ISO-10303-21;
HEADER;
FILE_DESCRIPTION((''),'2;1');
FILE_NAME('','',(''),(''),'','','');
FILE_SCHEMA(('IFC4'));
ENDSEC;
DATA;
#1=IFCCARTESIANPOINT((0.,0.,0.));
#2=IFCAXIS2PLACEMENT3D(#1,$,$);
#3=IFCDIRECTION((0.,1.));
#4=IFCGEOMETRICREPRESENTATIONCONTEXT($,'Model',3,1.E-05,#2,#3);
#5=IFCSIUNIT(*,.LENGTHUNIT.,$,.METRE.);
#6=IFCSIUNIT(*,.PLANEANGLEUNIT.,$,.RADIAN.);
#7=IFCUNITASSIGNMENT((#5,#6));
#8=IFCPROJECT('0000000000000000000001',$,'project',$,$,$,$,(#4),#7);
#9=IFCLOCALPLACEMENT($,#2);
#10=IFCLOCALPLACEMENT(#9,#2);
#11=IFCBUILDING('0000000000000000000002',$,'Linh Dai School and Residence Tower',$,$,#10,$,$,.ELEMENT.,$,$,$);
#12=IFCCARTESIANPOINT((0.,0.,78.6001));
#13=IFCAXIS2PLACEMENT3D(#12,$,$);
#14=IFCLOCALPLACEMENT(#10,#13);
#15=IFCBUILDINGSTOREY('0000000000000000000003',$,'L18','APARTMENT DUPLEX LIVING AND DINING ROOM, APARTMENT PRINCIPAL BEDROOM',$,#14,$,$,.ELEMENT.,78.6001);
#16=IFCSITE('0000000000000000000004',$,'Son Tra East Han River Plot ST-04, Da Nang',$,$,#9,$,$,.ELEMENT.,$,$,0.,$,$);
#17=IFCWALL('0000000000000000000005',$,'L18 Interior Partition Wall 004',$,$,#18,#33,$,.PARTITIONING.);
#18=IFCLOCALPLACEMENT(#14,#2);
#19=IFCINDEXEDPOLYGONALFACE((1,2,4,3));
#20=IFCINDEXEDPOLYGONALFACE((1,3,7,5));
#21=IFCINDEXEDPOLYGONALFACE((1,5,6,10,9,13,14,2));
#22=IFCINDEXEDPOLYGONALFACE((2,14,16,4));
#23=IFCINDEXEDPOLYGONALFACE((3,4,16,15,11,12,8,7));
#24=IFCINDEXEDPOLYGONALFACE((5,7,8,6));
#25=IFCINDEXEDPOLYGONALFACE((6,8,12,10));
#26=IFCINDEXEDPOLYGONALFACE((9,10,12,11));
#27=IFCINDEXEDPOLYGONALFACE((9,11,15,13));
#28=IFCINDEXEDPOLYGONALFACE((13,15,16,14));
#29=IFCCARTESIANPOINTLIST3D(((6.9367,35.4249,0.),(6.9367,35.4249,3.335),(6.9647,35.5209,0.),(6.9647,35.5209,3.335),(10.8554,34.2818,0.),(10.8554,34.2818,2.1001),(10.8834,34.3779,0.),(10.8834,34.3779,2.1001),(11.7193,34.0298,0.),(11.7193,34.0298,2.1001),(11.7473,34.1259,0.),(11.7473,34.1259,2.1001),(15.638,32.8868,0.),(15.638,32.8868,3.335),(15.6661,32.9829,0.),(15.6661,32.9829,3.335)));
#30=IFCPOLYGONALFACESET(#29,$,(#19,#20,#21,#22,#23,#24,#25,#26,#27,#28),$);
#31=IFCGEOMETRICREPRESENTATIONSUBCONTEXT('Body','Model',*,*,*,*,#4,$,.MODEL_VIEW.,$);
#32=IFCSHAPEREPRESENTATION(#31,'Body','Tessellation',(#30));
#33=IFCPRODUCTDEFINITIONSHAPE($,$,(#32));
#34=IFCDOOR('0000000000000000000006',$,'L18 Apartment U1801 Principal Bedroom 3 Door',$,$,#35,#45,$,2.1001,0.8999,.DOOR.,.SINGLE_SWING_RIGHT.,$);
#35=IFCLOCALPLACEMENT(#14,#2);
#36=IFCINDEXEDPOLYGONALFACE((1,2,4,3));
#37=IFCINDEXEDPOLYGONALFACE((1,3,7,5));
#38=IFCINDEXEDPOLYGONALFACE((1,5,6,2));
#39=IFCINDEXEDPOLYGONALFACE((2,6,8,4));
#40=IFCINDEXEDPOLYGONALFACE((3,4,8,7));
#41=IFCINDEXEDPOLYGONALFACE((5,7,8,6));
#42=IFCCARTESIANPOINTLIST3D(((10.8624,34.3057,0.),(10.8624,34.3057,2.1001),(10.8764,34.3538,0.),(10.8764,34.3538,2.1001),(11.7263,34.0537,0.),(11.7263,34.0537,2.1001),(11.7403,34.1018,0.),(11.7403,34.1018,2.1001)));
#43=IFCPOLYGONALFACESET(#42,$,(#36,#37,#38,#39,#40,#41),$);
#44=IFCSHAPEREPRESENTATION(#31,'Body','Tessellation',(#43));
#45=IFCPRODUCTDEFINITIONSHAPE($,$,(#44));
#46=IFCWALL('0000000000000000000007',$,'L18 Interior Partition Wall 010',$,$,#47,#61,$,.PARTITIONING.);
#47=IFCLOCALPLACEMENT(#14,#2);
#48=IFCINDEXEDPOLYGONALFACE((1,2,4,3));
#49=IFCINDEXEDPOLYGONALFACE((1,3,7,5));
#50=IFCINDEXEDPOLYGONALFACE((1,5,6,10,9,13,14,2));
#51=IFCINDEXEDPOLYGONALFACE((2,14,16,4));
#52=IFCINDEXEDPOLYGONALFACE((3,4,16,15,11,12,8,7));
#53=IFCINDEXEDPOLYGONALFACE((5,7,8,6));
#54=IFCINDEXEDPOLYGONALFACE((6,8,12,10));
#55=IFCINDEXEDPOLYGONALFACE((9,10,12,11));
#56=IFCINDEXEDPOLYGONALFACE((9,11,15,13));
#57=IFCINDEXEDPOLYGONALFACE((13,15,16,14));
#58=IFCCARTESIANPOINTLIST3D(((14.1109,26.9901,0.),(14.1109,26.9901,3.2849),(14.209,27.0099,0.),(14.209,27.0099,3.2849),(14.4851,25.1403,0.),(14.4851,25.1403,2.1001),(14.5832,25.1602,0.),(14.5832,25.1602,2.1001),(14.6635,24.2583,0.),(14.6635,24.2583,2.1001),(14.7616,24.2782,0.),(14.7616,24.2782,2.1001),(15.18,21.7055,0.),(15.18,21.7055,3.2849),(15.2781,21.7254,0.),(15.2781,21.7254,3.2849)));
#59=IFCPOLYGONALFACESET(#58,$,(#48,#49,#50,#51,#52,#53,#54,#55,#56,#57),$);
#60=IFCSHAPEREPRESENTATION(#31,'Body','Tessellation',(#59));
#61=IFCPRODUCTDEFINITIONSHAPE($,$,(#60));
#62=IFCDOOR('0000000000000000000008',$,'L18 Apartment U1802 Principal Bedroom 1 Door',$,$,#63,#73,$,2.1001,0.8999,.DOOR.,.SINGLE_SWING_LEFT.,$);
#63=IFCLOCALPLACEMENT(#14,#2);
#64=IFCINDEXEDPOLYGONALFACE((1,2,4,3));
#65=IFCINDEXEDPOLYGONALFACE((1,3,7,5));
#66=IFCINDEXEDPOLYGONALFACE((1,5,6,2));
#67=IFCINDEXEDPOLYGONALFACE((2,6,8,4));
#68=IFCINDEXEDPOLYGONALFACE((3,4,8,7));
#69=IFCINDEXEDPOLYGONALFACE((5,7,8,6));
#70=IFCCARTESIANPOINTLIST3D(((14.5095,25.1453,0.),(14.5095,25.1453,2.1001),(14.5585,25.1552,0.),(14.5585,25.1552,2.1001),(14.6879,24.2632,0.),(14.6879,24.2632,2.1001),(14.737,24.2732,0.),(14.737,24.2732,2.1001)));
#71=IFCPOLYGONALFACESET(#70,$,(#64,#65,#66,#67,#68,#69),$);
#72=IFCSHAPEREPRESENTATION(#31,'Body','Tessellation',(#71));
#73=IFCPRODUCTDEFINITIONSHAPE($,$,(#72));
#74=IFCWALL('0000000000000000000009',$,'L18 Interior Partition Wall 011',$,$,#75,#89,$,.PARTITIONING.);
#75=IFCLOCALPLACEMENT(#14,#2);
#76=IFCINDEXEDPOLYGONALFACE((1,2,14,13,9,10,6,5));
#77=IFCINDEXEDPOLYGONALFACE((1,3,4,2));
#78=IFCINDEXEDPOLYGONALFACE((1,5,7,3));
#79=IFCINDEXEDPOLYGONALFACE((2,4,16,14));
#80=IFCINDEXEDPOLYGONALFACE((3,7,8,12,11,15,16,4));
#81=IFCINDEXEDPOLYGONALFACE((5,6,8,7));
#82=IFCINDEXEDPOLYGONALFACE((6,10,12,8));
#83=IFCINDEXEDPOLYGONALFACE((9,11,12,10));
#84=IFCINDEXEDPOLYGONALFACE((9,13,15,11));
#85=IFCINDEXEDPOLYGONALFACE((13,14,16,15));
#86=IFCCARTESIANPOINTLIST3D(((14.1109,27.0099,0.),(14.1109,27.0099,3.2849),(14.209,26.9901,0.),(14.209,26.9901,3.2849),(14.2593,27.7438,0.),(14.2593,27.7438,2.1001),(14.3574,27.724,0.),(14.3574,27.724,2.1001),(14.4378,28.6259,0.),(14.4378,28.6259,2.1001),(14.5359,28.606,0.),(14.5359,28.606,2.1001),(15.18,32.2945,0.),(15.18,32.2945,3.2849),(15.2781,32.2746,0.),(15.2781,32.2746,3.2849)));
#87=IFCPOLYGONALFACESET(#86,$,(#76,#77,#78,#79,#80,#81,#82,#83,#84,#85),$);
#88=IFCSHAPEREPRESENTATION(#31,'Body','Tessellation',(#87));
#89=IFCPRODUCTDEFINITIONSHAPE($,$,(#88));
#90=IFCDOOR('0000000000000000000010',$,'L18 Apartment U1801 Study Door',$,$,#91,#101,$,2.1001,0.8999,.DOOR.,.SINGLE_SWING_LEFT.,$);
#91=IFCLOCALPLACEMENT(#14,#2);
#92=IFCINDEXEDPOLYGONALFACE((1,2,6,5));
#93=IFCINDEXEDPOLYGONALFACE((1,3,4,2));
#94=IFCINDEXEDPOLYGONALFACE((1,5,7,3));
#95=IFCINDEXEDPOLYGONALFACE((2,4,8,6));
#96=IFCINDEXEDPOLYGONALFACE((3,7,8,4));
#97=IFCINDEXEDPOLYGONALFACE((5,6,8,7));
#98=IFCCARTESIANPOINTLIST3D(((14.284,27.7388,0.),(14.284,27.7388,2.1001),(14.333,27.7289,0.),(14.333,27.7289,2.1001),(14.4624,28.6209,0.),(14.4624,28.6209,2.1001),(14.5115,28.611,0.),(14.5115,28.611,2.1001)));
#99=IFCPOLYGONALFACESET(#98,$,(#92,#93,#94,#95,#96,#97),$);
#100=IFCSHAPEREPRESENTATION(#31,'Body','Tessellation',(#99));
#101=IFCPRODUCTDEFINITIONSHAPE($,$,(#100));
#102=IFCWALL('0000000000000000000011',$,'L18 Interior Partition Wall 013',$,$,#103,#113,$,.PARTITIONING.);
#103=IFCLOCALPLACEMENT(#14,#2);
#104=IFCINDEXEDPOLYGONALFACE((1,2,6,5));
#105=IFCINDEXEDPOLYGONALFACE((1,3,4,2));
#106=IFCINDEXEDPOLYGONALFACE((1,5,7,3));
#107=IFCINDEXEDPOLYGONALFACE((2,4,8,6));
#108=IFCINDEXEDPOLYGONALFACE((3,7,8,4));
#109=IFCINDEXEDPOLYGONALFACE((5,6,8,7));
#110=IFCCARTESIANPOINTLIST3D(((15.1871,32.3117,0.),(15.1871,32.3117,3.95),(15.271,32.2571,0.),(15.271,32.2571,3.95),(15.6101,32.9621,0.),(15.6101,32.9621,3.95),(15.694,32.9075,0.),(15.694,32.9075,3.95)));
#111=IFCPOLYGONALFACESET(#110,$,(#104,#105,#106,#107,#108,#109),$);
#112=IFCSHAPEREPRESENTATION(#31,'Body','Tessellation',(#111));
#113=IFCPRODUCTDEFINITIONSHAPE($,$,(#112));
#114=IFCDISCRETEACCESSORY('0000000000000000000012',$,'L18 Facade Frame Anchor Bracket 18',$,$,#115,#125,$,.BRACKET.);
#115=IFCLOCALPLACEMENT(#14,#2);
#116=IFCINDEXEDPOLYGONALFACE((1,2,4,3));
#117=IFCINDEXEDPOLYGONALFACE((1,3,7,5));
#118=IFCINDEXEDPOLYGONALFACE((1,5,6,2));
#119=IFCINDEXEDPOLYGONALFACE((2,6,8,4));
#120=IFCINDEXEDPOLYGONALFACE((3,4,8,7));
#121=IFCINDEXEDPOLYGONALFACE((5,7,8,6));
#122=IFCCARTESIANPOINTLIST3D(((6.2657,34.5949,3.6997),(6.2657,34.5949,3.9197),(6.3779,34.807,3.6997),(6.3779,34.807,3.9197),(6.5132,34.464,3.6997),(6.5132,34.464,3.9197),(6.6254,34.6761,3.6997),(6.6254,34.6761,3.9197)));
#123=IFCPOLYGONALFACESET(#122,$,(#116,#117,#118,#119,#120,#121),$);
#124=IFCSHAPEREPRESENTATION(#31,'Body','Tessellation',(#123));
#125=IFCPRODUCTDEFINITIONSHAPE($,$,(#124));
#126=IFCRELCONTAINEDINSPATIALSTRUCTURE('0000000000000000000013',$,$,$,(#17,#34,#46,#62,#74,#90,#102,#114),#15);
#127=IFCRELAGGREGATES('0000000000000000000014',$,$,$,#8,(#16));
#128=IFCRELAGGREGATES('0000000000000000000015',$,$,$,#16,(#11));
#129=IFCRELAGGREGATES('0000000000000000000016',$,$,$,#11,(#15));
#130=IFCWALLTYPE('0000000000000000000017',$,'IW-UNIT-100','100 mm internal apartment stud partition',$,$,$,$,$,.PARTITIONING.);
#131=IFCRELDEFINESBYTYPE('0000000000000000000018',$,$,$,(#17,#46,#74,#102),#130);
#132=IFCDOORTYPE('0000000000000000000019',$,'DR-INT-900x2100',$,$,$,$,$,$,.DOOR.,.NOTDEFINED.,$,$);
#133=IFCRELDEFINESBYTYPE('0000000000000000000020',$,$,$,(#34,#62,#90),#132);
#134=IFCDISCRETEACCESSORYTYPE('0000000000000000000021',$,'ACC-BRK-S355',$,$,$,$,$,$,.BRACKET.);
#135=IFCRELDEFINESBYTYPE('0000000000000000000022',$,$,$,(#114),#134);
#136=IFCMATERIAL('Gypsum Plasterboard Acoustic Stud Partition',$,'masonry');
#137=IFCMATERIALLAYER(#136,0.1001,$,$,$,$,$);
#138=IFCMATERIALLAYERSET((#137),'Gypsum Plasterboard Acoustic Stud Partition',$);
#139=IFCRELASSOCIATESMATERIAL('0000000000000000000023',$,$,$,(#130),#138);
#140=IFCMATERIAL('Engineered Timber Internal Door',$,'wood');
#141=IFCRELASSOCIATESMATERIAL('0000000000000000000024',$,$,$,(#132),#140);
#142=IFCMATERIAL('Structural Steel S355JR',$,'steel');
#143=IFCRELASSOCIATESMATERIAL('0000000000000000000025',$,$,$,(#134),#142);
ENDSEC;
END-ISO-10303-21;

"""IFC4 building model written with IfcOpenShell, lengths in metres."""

from ifc_helpers import new_model, si_unit, direction, frame, frame_2d, origin, origin_2d, place, context, subcontext, project, spatial, rectangle, extrude, source, transform, mapped, material, layer, layer_set, type_object, element, fill, save


model = new_model("IFC4")

# Units and contexts
model_context = context("Model", 3, precision=1e-05, world=origin(), true_north=direction((0.0, 1.0)))
body_context = subcontext(model_context, "Body", "Model", "MODEL_VIEW")
ifc_project = project(units=[si_unit("LENGTHUNIT", "METRE"), si_unit("PLANEANGLEUNIT", "RADIAN")], contexts=[model_context])

# Site, building, storey
site_placement = place(None, origin())
site = spatial("IfcSite", under=ifc_project, at=site_placement, Name="Son Tra East Han River Plot ST-04, Da Nang", CompositionType="ELEMENT", RefElevation=0.0)
building_placement = place(site_placement, origin())
building = spatial("IfcBuilding", under=site, at=building_placement, Name="Linh Dai School and Residence Tower", CompositionType="ELEMENT")
storey_placement = place(building_placement, frame((0.0, 0.0, 78.6001)))
storey = spatial("IfcBuildingStorey", under=building, at=storey_placement, Name="L18", Description="APARTMENT DUPLEX LIVING AND DINING ROOM, APARTMENT PRINCIPAL BEDROOM", CompositionType="ELEMENT", Elevation=78.6001)

# Shared definitions
ifc_material_1 = material(Name="Structural Steel S355JR", Category="steel")

# Shared definitions
ifc_material_2 = material(Name="Gypsum Plasterboard Acoustic Stud Partition", Category="masonry")
ifc_layer_1 = layer(ifc_material_2, 0.1001)
ifc_layer_set_1 = layer_set([ifc_layer_1], Name="Gypsum Plasterboard Acoustic Stud Partition")
wall_type_1 = type_object("IfcWallType", Name="IW-UNIT-100", Description="100 mm internal apartment stud partition", PredefinedType="PARTITIONING", material=ifc_layer_set_1)

# Walls, openings, doors
wall_1_placement = place(storey_placement, frame((6.9507, 35.4729, 0.0), z_axis=(0.0, 0.0, 1.0), x_axis=(0.959995, -0.280018, 0.0)))
wall_1 = element("IfcWall", 1, at=wall_1_placement, inside=storey, type_object=wall_type_1, Name="L18 Interior Partition Wall 004", PredefinedType="PARTITIONING", context=body_context, shape_type="SweptSolid", body=[
    extrude(rectangle(XDim=9.064, YDim=0.1001, at=frame_2d((4.532, 0.0))), origin(), (0.0, 0.0, 1.0), 3.335),
])
opening_1_placement = place(wall_1_placement, frame((4.082, 0.0, 0.0)))
opening_1 = element("IfcOpeningElement", 2, at=opening_1_placement, cuts=wall_1, PredefinedType="OPENING", context=body_context, shape_type="SweptSolid", body=[
    extrude(rectangle(XDim=0.8999, YDim=2.1001, at=origin_2d()), frame((0.45, 0.0601, 1.05), z_axis=(0.0, -1.0, 0.0), x_axis=(1.0, 0.0, 0.0)), (0.0, 0.0, 1.0), 0.1201),
])
ifc_material_3 = material(Name="Engineered Timber Internal Door", Category="wood")
door_type_1 = type_object("IfcDoorType", Name="DR-INT-900x2100", OperationType="NOTDEFINED", PredefinedType="DOOR", material=ifc_material_3)
shared_shape_1 = source(origin(), body_context, "Body", "SweptSolid", [
    extrude(rectangle(XDim=0.8999, YDim=2.1001, at=origin_2d()), frame((0.45, 0.0249, 1.05), z_axis=(0.0, -1.0, 0.0), x_axis=(1.0, 0.0, 0.0)), (0.0, 0.0, 1.0), 0.05),
])
door_1_placement = place(opening_1_placement, origin())
door_1 = element("IfcDoor", 3, at=door_1_placement, inside=storey, type_object=door_type_1, Name="L18 Apartment U1801 Principal Bedroom 3 Door", OperationType="SINGLE_SWING_RIGHT", OverallHeight=2.1001, OverallWidth=0.8999, PredefinedType="DOOR", context=body_context, shape_type="MappedRepresentation", body=[
    mapped(shared_shape_1, transform((0.0, 0.0, 0.0), x_axis=(1.0, 0.0, 0.0), y_axis=(0.0, 1.0, 0.0), z_axis=(0.0, 0.0, 1.0), scale=1.0)),
])
fill(opening_1, door_1)
wall_2_placement = place(storey_placement, frame((14.1599, 27.0, 0.0), z_axis=(0.0, 0.0, 1.0), x_axis=(0.198293, -0.980143, 0.0)))
wall_2 = element("IfcWall", 4, at=wall_2_placement, inside=storey, type_object=wall_type_1, Name="L18 Interior Partition Wall 010", PredefinedType="PARTITIONING", context=body_context, shape_type="SweptSolid", body=[
    extrude(rectangle(XDim=5.3916, YDim=0.1001, at=frame_2d((2.6958, 0.0))), origin(), (0.0, 0.0, 1.0), 3.2849),
])
opening_2_placement = place(wall_2_placement, frame((1.8872, 0.0, 0.0)))
opening_2 = element("IfcOpeningElement", 5, at=opening_2_placement, cuts=wall_2, PredefinedType="OPENING", context=body_context, shape_type="SweptSolid", body=[
    extrude(rectangle(XDim=0.8999, YDim=2.1001, at=origin_2d()), frame((0.45, 0.0601, 1.05), z_axis=(0.0, -1.0, 0.0), x_axis=(1.0, 0.0, 0.0)), (0.0, 0.0, 1.0), 0.1201),
])
door_2_placement = place(opening_2_placement, origin())
door_2 = element("IfcDoor", 6, at=door_2_placement, inside=storey, type_object=door_type_1, Name="L18 Apartment U1802 Principal Bedroom 1 Door", OperationType="SINGLE_SWING_LEFT", OverallHeight=2.1001, OverallWidth=0.8999, PredefinedType="DOOR", context=body_context, shape_type="MappedRepresentation", body=[
    mapped(shared_shape_1, transform((0.0, 0.0, 0.0), x_axis=(1.0, 0.0, 0.0), y_axis=(0.0, 1.0, 0.0), z_axis=(0.0, 0.0, 1.0), scale=1.0)),
])
fill(opening_2, door_2)
wall_3_placement = place(storey_placement, frame((14.1599, 27.0, 0.0), z_axis=(0.0, 0.0, 1.0), x_axis=(0.198293, 0.980143, 0.0)))
wall_3 = element("IfcWall", 7, at=wall_3_placement, inside=storey, type_object=wall_type_1, Name="L18 Interior Partition Wall 011", PredefinedType="PARTITIONING", context=body_context, shape_type="SweptSolid", body=[
    extrude(rectangle(XDim=5.3916, YDim=0.1001, at=frame_2d((2.6958, 0.0))), origin(), (0.0, 0.0, 1.0), 3.2849),
])
opening_3_placement = place(wall_3_placement, frame((0.7488, 0.0, 0.0)))
opening_3 = element("IfcOpeningElement", 8, at=opening_3_placement, cuts=wall_3, PredefinedType="OPENING", context=body_context, shape_type="SweptSolid", body=[
    extrude(rectangle(XDim=0.8999, YDim=2.1001, at=origin_2d()), frame((0.45, 0.0601, 1.05), z_axis=(0.0, -1.0, 0.0), x_axis=(1.0, 0.0, 0.0)), (0.0, 0.0, 1.0), 0.1201),
])
door_3_placement = place(opening_3_placement, origin())
door_3 = element("IfcDoor", 9, at=door_3_placement, inside=storey, type_object=door_type_1, Name="L18 Apartment U1801 Study Door", OperationType="SINGLE_SWING_LEFT", OverallHeight=2.1001, OverallWidth=0.8999, PredefinedType="DOOR", context=body_context, shape_type="MappedRepresentation", body=[
    mapped(shared_shape_1, transform((0.0, 0.0, 0.0), x_axis=(1.0, 0.0, 0.0), y_axis=(0.0, 1.0, 0.0), z_axis=(0.0, 0.0, 1.0), scale=1.0)),
])
fill(opening_3, door_3)

# Wall
wall_4_placement = place(storey_placement, frame((15.229, 32.2844, 0.0), z_axis=(0.0, 0.0, 1.0), x_axis=(0.545298, 0.838242, 0.0)))
element("IfcWall", 10, at=wall_4_placement, inside=storey, type_object=wall_type_1, Name="L18 Interior Partition Wall 013", PredefinedType="PARTITIONING", context=body_context, shape_type="SweptSolid", body=[
    extrude(rectangle(XDim=0.7759, YDim=0.1001, at=frame_2d((0.3879, 0.0))), origin(), (0.0, 0.0, 1.0), 3.95),
])

# Discrete accessory
discrete_accessory_type = type_object("IfcDiscreteAccessoryType", Name="ACC-BRK-S355", PredefinedType="BRACKET", material=ifc_material_1)
shared_shape_2 = source(origin(), body_context, "Body", "SweptSolid", [
    extrude(rectangle(XDim=0.28, YDim=0.24, at=origin_2d()), origin(), (0.0, 0.0, 1.0), 0.22),
])
discrete_accessory_placement = place(storey_placement, frame((6.4456, 34.6355, 3.6997), z_axis=(0.0, 0.0, 1.0), x_axis=(-0.883934, 0.467612, 0.0)))
element("IfcDiscreteAccessory", 11, at=discrete_accessory_placement, inside=storey, type_object=discrete_accessory_type, Name="L18 Facade Frame Anchor Bracket 18", PredefinedType="BRACKET", context=body_context, shape_type="MappedRepresentation", body=[
    mapped(shared_shape_2, transform((0.0, 0.0, 0.0), x_axis=(1.0, 0.0, 0.0), y_axis=(0.0, 1.0, 0.0), z_axis=(0.0, 0.0, 1.0), scale=1.0)),
])

save(model, "model.ifc")
